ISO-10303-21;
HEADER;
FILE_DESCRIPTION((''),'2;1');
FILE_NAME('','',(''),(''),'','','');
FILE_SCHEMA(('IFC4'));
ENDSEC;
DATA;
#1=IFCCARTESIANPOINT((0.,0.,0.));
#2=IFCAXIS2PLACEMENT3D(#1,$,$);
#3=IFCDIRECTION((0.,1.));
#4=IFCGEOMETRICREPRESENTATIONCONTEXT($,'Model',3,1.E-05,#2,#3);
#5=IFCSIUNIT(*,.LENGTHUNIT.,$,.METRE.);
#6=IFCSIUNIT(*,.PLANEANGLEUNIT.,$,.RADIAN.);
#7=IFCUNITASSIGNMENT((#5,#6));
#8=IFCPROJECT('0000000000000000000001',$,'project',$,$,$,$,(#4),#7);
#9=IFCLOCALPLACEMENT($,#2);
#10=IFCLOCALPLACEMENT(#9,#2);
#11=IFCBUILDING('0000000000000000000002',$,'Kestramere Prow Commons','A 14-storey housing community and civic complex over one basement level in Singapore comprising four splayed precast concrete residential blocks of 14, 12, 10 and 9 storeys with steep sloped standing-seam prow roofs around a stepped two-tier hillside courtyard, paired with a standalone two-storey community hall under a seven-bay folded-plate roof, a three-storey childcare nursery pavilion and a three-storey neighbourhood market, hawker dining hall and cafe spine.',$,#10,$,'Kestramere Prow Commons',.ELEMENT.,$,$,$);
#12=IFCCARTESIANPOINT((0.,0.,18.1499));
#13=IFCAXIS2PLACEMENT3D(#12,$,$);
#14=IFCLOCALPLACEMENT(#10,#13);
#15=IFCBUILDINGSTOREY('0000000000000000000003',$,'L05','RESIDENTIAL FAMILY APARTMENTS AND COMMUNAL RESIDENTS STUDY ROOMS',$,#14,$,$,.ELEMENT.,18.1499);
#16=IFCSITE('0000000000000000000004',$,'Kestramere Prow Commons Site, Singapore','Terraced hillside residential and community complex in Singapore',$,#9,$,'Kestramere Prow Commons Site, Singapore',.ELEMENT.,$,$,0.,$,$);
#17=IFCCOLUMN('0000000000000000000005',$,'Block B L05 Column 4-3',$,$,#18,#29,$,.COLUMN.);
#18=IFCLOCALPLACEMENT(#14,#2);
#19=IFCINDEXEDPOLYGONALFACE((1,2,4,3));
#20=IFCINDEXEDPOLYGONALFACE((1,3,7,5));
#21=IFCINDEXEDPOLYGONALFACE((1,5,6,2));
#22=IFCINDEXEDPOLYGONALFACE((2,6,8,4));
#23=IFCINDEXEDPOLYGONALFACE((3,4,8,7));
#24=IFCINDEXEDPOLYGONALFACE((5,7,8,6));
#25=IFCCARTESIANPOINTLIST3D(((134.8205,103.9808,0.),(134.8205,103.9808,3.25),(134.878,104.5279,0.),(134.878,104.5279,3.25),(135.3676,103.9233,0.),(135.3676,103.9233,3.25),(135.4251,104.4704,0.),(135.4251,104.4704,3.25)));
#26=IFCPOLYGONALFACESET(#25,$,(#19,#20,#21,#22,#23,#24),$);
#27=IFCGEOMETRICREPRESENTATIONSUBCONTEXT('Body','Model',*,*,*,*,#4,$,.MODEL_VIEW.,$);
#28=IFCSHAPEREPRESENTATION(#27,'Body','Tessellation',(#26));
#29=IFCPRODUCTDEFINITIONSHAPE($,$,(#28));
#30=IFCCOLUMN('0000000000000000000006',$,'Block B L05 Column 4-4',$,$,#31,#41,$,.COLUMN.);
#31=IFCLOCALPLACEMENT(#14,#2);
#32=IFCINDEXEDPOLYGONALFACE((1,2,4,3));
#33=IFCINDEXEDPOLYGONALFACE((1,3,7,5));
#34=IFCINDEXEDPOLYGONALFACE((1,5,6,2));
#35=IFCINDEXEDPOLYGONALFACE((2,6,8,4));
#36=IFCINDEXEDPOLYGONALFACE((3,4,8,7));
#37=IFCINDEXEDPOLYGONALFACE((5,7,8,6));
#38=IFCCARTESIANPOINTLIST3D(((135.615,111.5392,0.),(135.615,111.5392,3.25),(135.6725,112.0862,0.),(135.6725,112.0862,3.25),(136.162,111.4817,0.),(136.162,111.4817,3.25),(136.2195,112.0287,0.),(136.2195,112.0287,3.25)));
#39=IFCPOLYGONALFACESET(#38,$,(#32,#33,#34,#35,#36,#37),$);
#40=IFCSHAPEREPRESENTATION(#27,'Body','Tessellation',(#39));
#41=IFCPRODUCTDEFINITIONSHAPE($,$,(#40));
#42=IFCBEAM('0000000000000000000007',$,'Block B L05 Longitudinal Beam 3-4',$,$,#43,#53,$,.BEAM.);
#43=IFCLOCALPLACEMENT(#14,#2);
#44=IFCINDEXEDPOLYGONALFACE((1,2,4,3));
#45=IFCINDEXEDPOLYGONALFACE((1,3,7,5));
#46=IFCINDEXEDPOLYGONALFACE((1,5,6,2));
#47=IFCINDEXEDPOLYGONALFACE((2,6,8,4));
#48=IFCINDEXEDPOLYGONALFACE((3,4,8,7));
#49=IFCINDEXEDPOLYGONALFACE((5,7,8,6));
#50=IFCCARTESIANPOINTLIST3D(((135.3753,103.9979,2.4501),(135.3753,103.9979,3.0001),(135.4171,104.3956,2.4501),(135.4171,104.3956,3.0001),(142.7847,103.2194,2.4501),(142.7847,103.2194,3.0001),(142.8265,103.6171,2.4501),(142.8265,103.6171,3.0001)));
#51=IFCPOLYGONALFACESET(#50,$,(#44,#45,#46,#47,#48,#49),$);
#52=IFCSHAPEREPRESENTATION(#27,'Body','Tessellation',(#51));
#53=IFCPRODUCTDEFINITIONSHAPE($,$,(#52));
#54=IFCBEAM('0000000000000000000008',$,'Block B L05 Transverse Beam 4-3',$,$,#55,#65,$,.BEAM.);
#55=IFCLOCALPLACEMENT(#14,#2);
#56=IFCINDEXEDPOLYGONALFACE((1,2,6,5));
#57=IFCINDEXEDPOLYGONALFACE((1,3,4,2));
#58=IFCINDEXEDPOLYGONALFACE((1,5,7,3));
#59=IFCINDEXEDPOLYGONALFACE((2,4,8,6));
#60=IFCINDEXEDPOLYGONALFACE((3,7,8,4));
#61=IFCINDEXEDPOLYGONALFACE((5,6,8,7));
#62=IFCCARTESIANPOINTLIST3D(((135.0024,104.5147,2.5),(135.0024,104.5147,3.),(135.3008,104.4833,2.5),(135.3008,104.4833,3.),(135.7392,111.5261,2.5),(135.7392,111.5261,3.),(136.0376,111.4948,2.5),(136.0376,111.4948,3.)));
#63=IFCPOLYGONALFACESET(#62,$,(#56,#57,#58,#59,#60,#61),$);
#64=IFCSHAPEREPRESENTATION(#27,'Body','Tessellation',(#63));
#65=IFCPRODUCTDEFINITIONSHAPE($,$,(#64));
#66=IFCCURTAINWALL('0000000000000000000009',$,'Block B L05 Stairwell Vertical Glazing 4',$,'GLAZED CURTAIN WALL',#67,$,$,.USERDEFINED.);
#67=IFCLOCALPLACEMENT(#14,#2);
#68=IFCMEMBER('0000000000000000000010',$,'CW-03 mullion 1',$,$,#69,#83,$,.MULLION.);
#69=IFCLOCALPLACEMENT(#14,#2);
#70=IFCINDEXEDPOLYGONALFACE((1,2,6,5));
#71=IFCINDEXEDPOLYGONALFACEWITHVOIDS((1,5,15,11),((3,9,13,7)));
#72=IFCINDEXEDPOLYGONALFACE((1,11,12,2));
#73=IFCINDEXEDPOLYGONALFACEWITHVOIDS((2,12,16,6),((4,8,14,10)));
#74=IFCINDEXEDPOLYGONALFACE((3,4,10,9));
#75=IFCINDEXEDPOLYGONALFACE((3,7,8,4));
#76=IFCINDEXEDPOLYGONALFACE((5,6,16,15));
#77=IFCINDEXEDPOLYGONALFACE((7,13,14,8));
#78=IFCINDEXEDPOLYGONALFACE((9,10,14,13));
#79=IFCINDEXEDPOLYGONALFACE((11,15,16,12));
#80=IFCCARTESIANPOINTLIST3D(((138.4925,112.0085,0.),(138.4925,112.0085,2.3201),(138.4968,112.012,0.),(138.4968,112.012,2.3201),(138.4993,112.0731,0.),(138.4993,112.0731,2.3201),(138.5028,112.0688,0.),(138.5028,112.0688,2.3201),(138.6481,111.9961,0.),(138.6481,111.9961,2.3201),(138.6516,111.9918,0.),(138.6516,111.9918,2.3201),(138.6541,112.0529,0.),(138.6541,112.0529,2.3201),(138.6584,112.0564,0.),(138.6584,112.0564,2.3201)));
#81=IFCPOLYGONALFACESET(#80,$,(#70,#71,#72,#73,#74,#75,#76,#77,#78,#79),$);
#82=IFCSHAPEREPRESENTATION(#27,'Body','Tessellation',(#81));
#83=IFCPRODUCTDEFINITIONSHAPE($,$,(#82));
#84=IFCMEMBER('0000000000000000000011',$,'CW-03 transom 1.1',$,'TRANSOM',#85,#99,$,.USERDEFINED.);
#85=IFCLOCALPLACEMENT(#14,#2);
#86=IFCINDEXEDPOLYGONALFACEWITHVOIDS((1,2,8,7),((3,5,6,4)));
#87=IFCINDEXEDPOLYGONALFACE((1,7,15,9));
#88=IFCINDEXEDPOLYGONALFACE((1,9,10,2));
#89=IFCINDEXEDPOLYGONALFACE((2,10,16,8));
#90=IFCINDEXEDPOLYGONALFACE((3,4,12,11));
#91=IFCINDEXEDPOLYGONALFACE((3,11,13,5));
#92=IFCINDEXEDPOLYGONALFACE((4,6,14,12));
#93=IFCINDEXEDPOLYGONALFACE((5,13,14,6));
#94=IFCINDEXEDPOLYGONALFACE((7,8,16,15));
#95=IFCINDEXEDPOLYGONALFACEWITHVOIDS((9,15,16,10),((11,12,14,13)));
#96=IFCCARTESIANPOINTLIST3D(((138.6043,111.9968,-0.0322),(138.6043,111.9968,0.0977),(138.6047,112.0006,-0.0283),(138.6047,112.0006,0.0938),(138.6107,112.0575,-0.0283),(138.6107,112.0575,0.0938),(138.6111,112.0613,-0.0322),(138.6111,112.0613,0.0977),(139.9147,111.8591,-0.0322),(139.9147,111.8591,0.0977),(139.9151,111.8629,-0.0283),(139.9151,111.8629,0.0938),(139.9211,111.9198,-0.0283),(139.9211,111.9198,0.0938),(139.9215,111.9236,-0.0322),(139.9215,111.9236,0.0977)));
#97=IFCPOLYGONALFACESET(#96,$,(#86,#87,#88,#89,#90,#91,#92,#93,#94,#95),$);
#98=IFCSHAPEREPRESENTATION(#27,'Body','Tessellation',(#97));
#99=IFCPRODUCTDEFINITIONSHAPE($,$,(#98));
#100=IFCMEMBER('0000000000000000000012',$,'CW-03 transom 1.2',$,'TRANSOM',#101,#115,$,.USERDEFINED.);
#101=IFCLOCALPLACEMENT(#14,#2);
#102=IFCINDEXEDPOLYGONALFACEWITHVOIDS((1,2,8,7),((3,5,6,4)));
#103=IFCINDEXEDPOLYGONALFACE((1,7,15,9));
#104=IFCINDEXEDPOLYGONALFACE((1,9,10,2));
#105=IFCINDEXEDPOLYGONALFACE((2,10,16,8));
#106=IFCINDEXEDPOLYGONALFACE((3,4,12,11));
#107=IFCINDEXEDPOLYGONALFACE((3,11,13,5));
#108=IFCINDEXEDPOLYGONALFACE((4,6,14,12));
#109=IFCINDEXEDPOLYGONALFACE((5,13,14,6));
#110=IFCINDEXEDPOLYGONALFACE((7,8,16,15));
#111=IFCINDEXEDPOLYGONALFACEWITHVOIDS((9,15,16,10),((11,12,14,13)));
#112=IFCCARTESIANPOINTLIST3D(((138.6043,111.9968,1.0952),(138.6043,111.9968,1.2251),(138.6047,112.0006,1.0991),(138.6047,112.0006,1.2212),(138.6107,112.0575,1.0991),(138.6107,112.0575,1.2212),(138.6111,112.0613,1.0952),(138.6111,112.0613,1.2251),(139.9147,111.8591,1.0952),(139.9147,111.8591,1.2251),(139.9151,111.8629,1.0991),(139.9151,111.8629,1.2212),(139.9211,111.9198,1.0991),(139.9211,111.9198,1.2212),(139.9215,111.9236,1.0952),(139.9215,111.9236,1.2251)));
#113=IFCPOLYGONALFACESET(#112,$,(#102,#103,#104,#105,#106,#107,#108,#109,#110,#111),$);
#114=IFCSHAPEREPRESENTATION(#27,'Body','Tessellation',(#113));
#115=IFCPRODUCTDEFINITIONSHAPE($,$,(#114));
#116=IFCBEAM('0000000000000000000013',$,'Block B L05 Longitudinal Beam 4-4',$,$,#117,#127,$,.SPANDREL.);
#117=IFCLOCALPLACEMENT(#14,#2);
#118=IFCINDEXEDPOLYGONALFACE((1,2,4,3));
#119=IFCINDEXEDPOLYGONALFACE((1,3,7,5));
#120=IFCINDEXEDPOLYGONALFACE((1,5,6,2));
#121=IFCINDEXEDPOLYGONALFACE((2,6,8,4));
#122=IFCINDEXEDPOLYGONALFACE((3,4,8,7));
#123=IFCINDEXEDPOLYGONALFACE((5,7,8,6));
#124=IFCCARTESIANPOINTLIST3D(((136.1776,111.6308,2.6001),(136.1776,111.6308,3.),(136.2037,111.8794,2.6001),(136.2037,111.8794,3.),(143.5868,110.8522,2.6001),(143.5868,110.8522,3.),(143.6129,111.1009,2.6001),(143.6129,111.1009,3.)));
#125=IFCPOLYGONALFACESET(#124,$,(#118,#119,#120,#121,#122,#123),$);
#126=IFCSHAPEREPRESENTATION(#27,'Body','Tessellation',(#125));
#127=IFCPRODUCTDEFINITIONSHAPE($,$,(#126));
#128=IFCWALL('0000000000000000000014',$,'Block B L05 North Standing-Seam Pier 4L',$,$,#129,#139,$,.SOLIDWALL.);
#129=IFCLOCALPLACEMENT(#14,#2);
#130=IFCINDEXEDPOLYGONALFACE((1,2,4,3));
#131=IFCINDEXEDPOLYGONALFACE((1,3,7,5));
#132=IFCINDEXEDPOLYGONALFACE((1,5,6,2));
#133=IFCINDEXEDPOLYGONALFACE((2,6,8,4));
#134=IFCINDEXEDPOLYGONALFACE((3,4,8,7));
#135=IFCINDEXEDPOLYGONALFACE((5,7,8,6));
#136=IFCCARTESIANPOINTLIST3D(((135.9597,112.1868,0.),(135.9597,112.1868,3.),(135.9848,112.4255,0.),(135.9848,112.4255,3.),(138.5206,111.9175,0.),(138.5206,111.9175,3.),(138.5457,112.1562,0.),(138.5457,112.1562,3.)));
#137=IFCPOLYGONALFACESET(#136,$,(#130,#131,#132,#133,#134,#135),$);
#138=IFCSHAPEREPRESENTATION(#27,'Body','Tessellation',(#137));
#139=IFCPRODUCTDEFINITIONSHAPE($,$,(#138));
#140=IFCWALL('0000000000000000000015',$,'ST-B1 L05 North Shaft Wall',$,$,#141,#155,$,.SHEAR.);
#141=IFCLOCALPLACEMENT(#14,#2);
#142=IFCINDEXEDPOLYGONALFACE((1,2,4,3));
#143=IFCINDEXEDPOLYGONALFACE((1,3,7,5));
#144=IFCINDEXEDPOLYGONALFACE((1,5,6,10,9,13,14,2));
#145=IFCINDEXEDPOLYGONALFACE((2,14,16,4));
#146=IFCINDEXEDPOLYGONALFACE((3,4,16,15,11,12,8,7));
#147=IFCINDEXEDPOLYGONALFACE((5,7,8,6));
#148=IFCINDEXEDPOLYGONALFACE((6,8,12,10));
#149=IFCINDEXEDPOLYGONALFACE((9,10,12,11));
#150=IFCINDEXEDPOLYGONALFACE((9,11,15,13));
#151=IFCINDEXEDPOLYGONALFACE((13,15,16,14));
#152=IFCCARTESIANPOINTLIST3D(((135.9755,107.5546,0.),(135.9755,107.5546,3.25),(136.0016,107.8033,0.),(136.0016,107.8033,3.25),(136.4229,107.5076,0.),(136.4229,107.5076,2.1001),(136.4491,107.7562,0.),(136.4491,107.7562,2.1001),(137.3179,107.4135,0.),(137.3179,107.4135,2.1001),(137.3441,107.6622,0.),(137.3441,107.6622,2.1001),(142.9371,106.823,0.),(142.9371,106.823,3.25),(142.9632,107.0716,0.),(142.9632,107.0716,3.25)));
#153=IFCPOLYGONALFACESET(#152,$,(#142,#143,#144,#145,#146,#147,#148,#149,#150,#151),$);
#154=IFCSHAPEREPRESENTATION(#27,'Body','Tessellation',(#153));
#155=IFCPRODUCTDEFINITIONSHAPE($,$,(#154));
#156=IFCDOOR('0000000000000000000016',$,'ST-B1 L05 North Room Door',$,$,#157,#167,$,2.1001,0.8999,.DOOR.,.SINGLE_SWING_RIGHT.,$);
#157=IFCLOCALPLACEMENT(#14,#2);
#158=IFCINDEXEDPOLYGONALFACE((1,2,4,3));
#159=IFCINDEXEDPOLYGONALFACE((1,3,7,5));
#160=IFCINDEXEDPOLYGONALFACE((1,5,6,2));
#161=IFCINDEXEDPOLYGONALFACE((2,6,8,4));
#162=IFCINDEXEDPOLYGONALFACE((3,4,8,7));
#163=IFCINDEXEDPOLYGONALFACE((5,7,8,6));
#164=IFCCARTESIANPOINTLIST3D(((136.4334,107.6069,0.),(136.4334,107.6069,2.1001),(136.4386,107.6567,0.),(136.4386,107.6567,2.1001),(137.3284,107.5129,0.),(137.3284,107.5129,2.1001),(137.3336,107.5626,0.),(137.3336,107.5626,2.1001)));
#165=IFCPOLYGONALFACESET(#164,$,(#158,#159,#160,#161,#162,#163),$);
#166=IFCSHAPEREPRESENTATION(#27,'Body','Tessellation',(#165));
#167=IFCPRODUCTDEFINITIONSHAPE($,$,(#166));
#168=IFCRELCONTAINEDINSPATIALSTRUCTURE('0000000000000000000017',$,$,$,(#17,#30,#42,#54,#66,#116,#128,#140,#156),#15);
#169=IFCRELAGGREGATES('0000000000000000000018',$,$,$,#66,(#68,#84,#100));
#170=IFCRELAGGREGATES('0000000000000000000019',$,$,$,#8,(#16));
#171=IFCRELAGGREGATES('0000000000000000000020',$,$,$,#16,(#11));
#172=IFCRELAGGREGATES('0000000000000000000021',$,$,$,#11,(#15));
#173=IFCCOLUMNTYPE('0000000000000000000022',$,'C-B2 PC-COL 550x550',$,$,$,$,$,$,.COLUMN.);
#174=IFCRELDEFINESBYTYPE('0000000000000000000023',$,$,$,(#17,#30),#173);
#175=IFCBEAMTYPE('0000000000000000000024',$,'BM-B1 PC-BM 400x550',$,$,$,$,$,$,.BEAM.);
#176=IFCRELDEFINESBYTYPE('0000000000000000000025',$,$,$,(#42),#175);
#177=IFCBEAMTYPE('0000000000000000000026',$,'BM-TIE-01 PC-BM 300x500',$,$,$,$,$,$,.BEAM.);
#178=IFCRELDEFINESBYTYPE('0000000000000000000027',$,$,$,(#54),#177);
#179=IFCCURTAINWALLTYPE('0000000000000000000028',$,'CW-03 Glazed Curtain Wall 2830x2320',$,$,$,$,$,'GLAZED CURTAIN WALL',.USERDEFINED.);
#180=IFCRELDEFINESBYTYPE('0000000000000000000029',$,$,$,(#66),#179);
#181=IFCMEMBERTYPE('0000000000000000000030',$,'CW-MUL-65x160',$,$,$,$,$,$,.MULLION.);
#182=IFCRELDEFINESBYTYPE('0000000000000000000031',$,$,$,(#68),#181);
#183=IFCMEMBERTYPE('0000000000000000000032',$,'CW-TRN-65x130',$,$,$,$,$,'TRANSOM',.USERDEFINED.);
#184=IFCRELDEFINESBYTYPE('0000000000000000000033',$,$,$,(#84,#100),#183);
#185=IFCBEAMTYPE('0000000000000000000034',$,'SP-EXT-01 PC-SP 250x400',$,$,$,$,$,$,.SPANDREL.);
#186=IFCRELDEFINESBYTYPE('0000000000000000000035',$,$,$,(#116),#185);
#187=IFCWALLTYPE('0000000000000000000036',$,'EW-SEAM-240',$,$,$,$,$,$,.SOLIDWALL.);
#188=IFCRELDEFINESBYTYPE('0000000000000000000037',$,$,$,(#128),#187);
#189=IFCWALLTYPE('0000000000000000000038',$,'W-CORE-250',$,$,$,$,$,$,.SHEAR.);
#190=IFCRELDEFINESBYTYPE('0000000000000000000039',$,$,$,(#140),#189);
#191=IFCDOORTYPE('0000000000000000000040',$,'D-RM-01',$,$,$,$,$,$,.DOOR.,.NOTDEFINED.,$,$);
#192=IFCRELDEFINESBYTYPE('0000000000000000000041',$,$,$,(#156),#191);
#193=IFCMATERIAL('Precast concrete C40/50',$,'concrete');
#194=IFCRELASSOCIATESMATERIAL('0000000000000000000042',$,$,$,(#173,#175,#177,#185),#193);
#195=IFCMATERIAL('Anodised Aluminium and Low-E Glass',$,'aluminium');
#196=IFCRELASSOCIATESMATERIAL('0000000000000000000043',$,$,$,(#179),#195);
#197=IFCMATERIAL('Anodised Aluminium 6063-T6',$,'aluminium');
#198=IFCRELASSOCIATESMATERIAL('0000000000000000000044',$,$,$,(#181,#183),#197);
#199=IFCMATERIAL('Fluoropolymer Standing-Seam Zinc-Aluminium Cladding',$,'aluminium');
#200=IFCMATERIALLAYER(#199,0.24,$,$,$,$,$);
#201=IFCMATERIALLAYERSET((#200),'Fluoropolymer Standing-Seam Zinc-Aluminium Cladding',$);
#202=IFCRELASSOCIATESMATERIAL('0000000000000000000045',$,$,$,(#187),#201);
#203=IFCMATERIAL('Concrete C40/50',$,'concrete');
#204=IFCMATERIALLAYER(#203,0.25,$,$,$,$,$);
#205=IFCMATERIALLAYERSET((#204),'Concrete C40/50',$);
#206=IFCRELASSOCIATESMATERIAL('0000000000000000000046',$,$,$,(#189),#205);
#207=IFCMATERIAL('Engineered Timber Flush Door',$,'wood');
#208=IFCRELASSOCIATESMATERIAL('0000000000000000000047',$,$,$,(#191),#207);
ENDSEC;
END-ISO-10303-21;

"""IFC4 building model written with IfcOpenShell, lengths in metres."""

from ifc_helpers import new_model, si_unit, direction, frame, frame_2d, origin, origin_2d, place, context, subcontext, project, spatial, rectangle, hollow_rectangle, extrude, material, layer, layer_set, material_profile, profile_set, type_object, element, fill, aggregate, save


model = new_model("IFC4")

# Units and contexts
model_context = context("Model", 3, precision=1e-05, world=origin(), true_north=direction((0.0, 1.0)))
body_context = subcontext(model_context, "Body", "Model", "MODEL_VIEW")
ifc_project = project(units=[si_unit("LENGTHUNIT", "METRE"), si_unit("PLANEANGLEUNIT", "RADIAN")], contexts=[model_context])

# Site, building, storey
site_placement = place(None, origin())
site = spatial("IfcSite", under=ifc_project, at=site_placement, Name="Kestramere Prow Commons Site, Singapore", Description="Terraced hillside residential and community complex in Singapore", LongName="Kestramere Prow Commons Site, Singapore", CompositionType="ELEMENT", RefElevation=0.0)
building_placement = place(site_placement, origin())
building = spatial("IfcBuilding", under=site, at=building_placement, Name="Kestramere Prow Commons", Description="A 14-storey housing community and civic complex over one basement level in Singapore comprising four splayed precast concrete residential blocks of 14, 12, 10 and 9 storeys with steep sloped standing-seam prow roofs around a stepped two-tier hillside courtyard, paired with a standalone two-storey community hall under a seven-bay folded-plate roof, a three-storey childcare nursery pavilion and a three-storey neighbourhood market, hawker dining hall and cafe spine.", LongName="Kestramere Prow Commons", CompositionType="ELEMENT")
storey_placement = place(building_placement, frame((0.0, 0.0, 18.1499)))
storey = spatial("IfcBuildingStorey", under=building, at=storey_placement, Name="L05", Description="RESIDENTIAL FAMILY APARTMENTS AND COMMUNAL RESIDENTS STUDY ROOMS", CompositionType="ELEMENT", Elevation=18.1499)

# Columns
ifc_material_1 = material(Name="Precast concrete C40/50", Category="concrete")
ifc_material_profile_1 = material_profile(ifc_material_1, rectangle(XDim=0.55, YDim=0.55, at=origin_2d()), Name="PC-COL 550x550")
ifc_profile_set_1 = profile_set([ifc_material_profile_1], Name="Precast concrete C40/50")
column_type = type_object("IfcColumnType", Name="C-B2 PC-COL 550x550", PredefinedType="COLUMN", material=ifc_profile_set_1)
for number, where, z_axis, x_axis, name in (
    (1, (135.1228, 104.2256, 0.0), (0.0, 0.0, 1.0), (0.994522, -0.104528, 0.0), "Block B L05 Column 4-3"),
    (2, (135.9172, 111.7839, 0.0), (0.0, 0.0, 1.0), (0.994522, -0.104528, 0.0), "Block B L05 Column 4-4"),
):
    element("IfcColumn", number, at=place(storey_placement, frame(where, z_axis=z_axis, x_axis=x_axis)), inside=storey, type_object=column_type, Name=name, PredefinedType="COLUMN", context=body_context, shape_type="SweptSolid", body=[
        extrude(rectangle(XDim=0.55, YDim=0.55, at=origin_2d()), origin(), (0.0, 0.0, 1.0), 3.25),
    ])

# Beams
ifc_material_profile_2 = material_profile(ifc_material_1, rectangle(XDim=0.3999, YDim=0.55, at=origin_2d()), Name="PC-BM 400x550")
ifc_profile_set_2 = profile_set([ifc_material_profile_2], Name="Precast concrete C40/50")
beam_type_1 = type_object("IfcBeamType", Name="BM-B1 PC-BM 400x550", PredefinedType="BEAM", material=ifc_profile_set_2)
beam_1_placement = place(storey_placement, frame((135.3962, 104.1968, 2.7251), z_axis=(0.994525, -0.104502, 0.0), x_axis=(0.104502, 0.994525, 0.0)))
element("IfcBeam", 3, at=beam_1_placement, inside=storey, type_object=beam_type_1, Name="Block B L05 Longitudinal Beam 3-4", PredefinedType="BEAM", context=body_context, shape_type="SweptSolid", body=[
    extrude(rectangle(XDim=0.3999, YDim=0.55, at=origin_2d()), origin(), (0.0, 0.0, 1.0), 7.4502),
])
ifc_material_profile_3 = material_profile(ifc_material_1, rectangle(XDim=0.3, YDim=0.5, at=origin_2d()), Name="PC-BM 300x500")
ifc_profile_set_3 = profile_set([ifc_material_profile_3], Name="Precast concrete C40/50")
beam_type_2 = type_object("IfcBeamType", Name="BM-TIE-01 PC-BM 300x500", PredefinedType="BEAM", material=ifc_profile_set_3)
beam_2_placement = place(storey_placement, frame((135.1516, 104.499, 2.75), z_axis=(0.104512, 0.994524, 0.0), x_axis=(-0.994524, 0.104512, 0.0)))
element("IfcBeam", 4, at=beam_2_placement, inside=storey, type_object=beam_type_2, Name="Block B L05 Transverse Beam 4-3", PredefinedType="BEAM", context=body_context, shape_type="SweptSolid", body=[
    extrude(rectangle(XDim=0.3, YDim=0.5, at=origin_2d()), origin(), (0.0, 0.0, 1.0), 7.05),
])

# Curtain wall, members
ifc_material_2 = material(Name="Anodised Aluminium and Low-E Glass", Category="aluminium")
curtain_wall_type = type_object("IfcCurtainWallType", Name="CW-03 Glazed Curtain Wall 2830x2320", ElementType="GLAZED CURTAIN WALL", PredefinedType="USERDEFINED", material=ifc_material_2)
curtain_wall_placement = place(storey_placement, origin())
curtain_wall = element("IfcCurtainWall", 5, at=curtain_wall_placement, inside=storey, type_object=curtain_wall_type, Name="Block B L05 Stairwell Vertical Glazing 4", ObjectType="GLAZED CURTAIN WALL", PredefinedType="USERDEFINED")
ifc_material_3 = material(Name="Anodised Aluminium 6063-T6", Category="aluminium")
ifc_material_profile_4 = material_profile(ifc_material_3, hollow_rectangle(XDim=0.0649, YDim=0.1599, WallThickness=0.0039, at=origin_2d()), Name="ALU-MUL 65x160")
ifc_profile_set_4 = profile_set([ifc_material_profile_4], Name="Anodised Aluminium 6063-T6")
member_type_1 = type_object("IfcMemberType", Name="CW-MUL-65x160", PredefinedType="MULLION", material=ifc_profile_set_4)
member_1_placement = place(storey_placement, frame((138.5754, 112.0325, 0.0), z_axis=(0.0, 0.0, 1.0), x_axis=(0.104529, 0.994522, 0.0)))
member_1 = element("IfcMember", 6, at=member_1_placement, type_object=member_type_1, Name="CW-03 mullion 1", PredefinedType="MULLION", context=body_context, shape_type="SweptSolid", body=[
    extrude(hollow_rectangle(XDim=0.0649, YDim=0.1599, WallThickness=0.0039, at=origin_2d()), origin(), (0.0, 0.0, 1.0), 2.3201),
])
ifc_material_profile_5 = material_profile(ifc_material_3, hollow_rectangle(XDim=0.0649, YDim=0.1299, WallThickness=0.0039, at=origin_2d()), Name="ALU-TRN 65x130")
ifc_profile_set_5 = profile_set([ifc_material_profile_5], Name="Anodised Aluminium 6063-T6")
member_type_2 = type_object("IfcMemberType", Name="CW-TRN-65x130", ElementType="TRANSOM", PredefinedType="USERDEFINED", material=ifc_profile_set_5)
member_2_placement = place(storey_placement, frame((138.6077, 112.0291, 0.0327), z_axis=(0.994524, -0.104511, 0.0), x_axis=(0.104511, 0.994524, 0.0)))
member_2 = element("IfcMember", 7, at=member_2_placement, type_object=member_type_2, Name="CW-03 transom 1.1", ObjectType="TRANSOM", PredefinedType="USERDEFINED", context=body_context, shape_type="SweptSolid", body=[
    extrude(hollow_rectangle(XDim=0.0649, YDim=0.1299, WallThickness=0.0039, at=origin_2d()), origin(), (0.0, 0.0, 1.0), 1.3176),
])
member_3_placement = place(storey_placement, frame((138.6077, 112.0291, 1.1602), z_axis=(0.994524, -0.104511, 0.0), x_axis=(0.104511, 0.994524, 0.0)))
member_3 = element("IfcMember", 8, at=member_3_placement, type_object=member_type_2, Name="CW-03 transom 1.2", ObjectType="TRANSOM", PredefinedType="USERDEFINED", context=body_context, shape_type="SweptSolid", body=[
    extrude(hollow_rectangle(XDim=0.0649, YDim=0.1299, WallThickness=0.0039, at=origin_2d()), origin(), (0.0, 0.0, 1.0), 1.3176),
])
aggregate(curtain_wall, [member_1, member_2, member_3])

# Beam
ifc_material_profile_6 = material_profile(ifc_material_1, rectangle(XDim=0.25, YDim=0.3999, at=origin_2d()), Name="PC-SP 250x400")
ifc_profile_set_6 = profile_set([ifc_material_profile_6], Name="Precast concrete C40/50")
beam_type_3 = type_object("IfcBeamType", Name="SP-EXT-01 PC-SP 250x400", PredefinedType="SPANDREL", material=ifc_profile_set_6)
beam_3_placement = place(storey_placement, frame((136.1907, 111.7551, 2.8), z_axis=(0.994524, -0.104506, 0.0), x_axis=(0.104506, 0.994524, 0.0)))
element("IfcBeam", 9, at=beam_3_placement, inside=storey, type_object=beam_type_3, Name="Block B L05 Longitudinal Beam 4-4", PredefinedType="SPANDREL", context=body_context, shape_type="SweptSolid", body=[
    extrude(rectangle(XDim=0.25, YDim=0.3999, at=origin_2d()), origin(), (0.0, 0.0, 1.0), 7.45),
])

# Wall
ifc_material_4 = material(Name="Fluoropolymer Standing-Seam Zinc-Aluminium Cladding", Category="aluminium")
ifc_layer_1 = layer(ifc_material_4, 0.24)
ifc_layer_set_1 = layer_set([ifc_layer_1], Name="Fluoropolymer Standing-Seam Zinc-Aluminium Cladding")
wall_type_1 = type_object("IfcWallType", Name="EW-SEAM-240", PredefinedType="SOLIDWALL", material=ifc_layer_set_1)
wall_1_placement = place(storey_placement, frame((135.9722, 112.3062, 0.0), z_axis=(0.0, 0.0, 1.0), x_axis=(0.994516, -0.104581, 0.0)))
element("IfcWall", 10, at=wall_1_placement, inside=storey, type_object=wall_type_1, Name="Block B L05 North Standing-Seam Pier 4L", PredefinedType="SOLIDWALL", context=body_context, shape_type="SweptSolid", body=[
    extrude(rectangle(XDim=2.575, YDim=0.24, at=frame_2d((1.2876, 0.0))), origin(), (0.0, 0.0, 1.0), 3.0),
])

# Wall, opening, door
ifc_material_5 = material(Name="Concrete C40/50", Category="concrete")
ifc_layer_2 = layer(ifc_material_5, 0.25)
ifc_layer_set_2 = layer_set([ifc_layer_2], Name="Concrete C40/50")
wall_type_2 = type_object("IfcWallType", Name="W-CORE-250", PredefinedType="SHEAR", material=ifc_layer_set_2)
wall_2_placement = place(storey_placement, frame((135.9885, 107.679, 0.0), z_axis=(0.0, 0.0, 1.0), x_axis=(0.994522, -0.104527, 0.0)))
wall_2 = element("IfcWall", 11, at=wall_2_placement, inside=storey, type_object=wall_type_2, Name="ST-B1 L05 North Shaft Wall", PredefinedType="SHEAR", context=body_context, shape_type="SweptSolid", body=[
    extrude(rectangle(XDim=7.0, YDim=0.25, at=frame_2d((3.5, 0.0))), origin(), (0.0, 0.0, 1.0), 3.25),
])
opening_1_placement = place(wall_2_placement, frame((0.45, 0.0, 0.0)))
opening_1 = element("IfcOpeningElement", 12, at=opening_1_placement, cuts=wall_2, PredefinedType="OPENING", context=body_context, shape_type="SweptSolid", body=[
    extrude(rectangle(XDim=0.8999, YDim=2.1001, at=frame_2d((0.45, 1.05))), frame((0.0, 0.1399, 0.0), z_axis=(0.0, -1.0, 0.0), x_axis=(1.0, 0.0, 0.0)), (0.0, 0.0, 1.0), 0.28),
])
ifc_material_6 = material(Name="Engineered Timber Flush Door", Category="wood")
door_type_1 = type_object("IfcDoorType", Name="D-RM-01", OperationType="NOTDEFINED", PredefinedType="DOOR", material=ifc_material_6)
door_1_placement = place(opening_1_placement, origin())
door_1 = element("IfcDoor", 13, at=door_1_placement, inside=storey, type_object=door_type_1, Name="ST-B1 L05 North Room Door", OperationType="SINGLE_SWING_RIGHT", OverallHeight=2.1001, OverallWidth=0.8999, PredefinedType="DOOR", context=body_context, shape_type="SweptSolid", body=[
    extrude(rectangle(XDim=0.8999, YDim=2.1001, at=frame_2d((0.45, 1.05))), frame((0.0, 0.0249, 0.0), z_axis=(0.0, -1.0, 0.0), x_axis=(1.0, 0.0, 0.0)), (0.0, 0.0, 1.0), 0.05),
])
fill(opening_1, door_1)

save(model, "model.ifc")
